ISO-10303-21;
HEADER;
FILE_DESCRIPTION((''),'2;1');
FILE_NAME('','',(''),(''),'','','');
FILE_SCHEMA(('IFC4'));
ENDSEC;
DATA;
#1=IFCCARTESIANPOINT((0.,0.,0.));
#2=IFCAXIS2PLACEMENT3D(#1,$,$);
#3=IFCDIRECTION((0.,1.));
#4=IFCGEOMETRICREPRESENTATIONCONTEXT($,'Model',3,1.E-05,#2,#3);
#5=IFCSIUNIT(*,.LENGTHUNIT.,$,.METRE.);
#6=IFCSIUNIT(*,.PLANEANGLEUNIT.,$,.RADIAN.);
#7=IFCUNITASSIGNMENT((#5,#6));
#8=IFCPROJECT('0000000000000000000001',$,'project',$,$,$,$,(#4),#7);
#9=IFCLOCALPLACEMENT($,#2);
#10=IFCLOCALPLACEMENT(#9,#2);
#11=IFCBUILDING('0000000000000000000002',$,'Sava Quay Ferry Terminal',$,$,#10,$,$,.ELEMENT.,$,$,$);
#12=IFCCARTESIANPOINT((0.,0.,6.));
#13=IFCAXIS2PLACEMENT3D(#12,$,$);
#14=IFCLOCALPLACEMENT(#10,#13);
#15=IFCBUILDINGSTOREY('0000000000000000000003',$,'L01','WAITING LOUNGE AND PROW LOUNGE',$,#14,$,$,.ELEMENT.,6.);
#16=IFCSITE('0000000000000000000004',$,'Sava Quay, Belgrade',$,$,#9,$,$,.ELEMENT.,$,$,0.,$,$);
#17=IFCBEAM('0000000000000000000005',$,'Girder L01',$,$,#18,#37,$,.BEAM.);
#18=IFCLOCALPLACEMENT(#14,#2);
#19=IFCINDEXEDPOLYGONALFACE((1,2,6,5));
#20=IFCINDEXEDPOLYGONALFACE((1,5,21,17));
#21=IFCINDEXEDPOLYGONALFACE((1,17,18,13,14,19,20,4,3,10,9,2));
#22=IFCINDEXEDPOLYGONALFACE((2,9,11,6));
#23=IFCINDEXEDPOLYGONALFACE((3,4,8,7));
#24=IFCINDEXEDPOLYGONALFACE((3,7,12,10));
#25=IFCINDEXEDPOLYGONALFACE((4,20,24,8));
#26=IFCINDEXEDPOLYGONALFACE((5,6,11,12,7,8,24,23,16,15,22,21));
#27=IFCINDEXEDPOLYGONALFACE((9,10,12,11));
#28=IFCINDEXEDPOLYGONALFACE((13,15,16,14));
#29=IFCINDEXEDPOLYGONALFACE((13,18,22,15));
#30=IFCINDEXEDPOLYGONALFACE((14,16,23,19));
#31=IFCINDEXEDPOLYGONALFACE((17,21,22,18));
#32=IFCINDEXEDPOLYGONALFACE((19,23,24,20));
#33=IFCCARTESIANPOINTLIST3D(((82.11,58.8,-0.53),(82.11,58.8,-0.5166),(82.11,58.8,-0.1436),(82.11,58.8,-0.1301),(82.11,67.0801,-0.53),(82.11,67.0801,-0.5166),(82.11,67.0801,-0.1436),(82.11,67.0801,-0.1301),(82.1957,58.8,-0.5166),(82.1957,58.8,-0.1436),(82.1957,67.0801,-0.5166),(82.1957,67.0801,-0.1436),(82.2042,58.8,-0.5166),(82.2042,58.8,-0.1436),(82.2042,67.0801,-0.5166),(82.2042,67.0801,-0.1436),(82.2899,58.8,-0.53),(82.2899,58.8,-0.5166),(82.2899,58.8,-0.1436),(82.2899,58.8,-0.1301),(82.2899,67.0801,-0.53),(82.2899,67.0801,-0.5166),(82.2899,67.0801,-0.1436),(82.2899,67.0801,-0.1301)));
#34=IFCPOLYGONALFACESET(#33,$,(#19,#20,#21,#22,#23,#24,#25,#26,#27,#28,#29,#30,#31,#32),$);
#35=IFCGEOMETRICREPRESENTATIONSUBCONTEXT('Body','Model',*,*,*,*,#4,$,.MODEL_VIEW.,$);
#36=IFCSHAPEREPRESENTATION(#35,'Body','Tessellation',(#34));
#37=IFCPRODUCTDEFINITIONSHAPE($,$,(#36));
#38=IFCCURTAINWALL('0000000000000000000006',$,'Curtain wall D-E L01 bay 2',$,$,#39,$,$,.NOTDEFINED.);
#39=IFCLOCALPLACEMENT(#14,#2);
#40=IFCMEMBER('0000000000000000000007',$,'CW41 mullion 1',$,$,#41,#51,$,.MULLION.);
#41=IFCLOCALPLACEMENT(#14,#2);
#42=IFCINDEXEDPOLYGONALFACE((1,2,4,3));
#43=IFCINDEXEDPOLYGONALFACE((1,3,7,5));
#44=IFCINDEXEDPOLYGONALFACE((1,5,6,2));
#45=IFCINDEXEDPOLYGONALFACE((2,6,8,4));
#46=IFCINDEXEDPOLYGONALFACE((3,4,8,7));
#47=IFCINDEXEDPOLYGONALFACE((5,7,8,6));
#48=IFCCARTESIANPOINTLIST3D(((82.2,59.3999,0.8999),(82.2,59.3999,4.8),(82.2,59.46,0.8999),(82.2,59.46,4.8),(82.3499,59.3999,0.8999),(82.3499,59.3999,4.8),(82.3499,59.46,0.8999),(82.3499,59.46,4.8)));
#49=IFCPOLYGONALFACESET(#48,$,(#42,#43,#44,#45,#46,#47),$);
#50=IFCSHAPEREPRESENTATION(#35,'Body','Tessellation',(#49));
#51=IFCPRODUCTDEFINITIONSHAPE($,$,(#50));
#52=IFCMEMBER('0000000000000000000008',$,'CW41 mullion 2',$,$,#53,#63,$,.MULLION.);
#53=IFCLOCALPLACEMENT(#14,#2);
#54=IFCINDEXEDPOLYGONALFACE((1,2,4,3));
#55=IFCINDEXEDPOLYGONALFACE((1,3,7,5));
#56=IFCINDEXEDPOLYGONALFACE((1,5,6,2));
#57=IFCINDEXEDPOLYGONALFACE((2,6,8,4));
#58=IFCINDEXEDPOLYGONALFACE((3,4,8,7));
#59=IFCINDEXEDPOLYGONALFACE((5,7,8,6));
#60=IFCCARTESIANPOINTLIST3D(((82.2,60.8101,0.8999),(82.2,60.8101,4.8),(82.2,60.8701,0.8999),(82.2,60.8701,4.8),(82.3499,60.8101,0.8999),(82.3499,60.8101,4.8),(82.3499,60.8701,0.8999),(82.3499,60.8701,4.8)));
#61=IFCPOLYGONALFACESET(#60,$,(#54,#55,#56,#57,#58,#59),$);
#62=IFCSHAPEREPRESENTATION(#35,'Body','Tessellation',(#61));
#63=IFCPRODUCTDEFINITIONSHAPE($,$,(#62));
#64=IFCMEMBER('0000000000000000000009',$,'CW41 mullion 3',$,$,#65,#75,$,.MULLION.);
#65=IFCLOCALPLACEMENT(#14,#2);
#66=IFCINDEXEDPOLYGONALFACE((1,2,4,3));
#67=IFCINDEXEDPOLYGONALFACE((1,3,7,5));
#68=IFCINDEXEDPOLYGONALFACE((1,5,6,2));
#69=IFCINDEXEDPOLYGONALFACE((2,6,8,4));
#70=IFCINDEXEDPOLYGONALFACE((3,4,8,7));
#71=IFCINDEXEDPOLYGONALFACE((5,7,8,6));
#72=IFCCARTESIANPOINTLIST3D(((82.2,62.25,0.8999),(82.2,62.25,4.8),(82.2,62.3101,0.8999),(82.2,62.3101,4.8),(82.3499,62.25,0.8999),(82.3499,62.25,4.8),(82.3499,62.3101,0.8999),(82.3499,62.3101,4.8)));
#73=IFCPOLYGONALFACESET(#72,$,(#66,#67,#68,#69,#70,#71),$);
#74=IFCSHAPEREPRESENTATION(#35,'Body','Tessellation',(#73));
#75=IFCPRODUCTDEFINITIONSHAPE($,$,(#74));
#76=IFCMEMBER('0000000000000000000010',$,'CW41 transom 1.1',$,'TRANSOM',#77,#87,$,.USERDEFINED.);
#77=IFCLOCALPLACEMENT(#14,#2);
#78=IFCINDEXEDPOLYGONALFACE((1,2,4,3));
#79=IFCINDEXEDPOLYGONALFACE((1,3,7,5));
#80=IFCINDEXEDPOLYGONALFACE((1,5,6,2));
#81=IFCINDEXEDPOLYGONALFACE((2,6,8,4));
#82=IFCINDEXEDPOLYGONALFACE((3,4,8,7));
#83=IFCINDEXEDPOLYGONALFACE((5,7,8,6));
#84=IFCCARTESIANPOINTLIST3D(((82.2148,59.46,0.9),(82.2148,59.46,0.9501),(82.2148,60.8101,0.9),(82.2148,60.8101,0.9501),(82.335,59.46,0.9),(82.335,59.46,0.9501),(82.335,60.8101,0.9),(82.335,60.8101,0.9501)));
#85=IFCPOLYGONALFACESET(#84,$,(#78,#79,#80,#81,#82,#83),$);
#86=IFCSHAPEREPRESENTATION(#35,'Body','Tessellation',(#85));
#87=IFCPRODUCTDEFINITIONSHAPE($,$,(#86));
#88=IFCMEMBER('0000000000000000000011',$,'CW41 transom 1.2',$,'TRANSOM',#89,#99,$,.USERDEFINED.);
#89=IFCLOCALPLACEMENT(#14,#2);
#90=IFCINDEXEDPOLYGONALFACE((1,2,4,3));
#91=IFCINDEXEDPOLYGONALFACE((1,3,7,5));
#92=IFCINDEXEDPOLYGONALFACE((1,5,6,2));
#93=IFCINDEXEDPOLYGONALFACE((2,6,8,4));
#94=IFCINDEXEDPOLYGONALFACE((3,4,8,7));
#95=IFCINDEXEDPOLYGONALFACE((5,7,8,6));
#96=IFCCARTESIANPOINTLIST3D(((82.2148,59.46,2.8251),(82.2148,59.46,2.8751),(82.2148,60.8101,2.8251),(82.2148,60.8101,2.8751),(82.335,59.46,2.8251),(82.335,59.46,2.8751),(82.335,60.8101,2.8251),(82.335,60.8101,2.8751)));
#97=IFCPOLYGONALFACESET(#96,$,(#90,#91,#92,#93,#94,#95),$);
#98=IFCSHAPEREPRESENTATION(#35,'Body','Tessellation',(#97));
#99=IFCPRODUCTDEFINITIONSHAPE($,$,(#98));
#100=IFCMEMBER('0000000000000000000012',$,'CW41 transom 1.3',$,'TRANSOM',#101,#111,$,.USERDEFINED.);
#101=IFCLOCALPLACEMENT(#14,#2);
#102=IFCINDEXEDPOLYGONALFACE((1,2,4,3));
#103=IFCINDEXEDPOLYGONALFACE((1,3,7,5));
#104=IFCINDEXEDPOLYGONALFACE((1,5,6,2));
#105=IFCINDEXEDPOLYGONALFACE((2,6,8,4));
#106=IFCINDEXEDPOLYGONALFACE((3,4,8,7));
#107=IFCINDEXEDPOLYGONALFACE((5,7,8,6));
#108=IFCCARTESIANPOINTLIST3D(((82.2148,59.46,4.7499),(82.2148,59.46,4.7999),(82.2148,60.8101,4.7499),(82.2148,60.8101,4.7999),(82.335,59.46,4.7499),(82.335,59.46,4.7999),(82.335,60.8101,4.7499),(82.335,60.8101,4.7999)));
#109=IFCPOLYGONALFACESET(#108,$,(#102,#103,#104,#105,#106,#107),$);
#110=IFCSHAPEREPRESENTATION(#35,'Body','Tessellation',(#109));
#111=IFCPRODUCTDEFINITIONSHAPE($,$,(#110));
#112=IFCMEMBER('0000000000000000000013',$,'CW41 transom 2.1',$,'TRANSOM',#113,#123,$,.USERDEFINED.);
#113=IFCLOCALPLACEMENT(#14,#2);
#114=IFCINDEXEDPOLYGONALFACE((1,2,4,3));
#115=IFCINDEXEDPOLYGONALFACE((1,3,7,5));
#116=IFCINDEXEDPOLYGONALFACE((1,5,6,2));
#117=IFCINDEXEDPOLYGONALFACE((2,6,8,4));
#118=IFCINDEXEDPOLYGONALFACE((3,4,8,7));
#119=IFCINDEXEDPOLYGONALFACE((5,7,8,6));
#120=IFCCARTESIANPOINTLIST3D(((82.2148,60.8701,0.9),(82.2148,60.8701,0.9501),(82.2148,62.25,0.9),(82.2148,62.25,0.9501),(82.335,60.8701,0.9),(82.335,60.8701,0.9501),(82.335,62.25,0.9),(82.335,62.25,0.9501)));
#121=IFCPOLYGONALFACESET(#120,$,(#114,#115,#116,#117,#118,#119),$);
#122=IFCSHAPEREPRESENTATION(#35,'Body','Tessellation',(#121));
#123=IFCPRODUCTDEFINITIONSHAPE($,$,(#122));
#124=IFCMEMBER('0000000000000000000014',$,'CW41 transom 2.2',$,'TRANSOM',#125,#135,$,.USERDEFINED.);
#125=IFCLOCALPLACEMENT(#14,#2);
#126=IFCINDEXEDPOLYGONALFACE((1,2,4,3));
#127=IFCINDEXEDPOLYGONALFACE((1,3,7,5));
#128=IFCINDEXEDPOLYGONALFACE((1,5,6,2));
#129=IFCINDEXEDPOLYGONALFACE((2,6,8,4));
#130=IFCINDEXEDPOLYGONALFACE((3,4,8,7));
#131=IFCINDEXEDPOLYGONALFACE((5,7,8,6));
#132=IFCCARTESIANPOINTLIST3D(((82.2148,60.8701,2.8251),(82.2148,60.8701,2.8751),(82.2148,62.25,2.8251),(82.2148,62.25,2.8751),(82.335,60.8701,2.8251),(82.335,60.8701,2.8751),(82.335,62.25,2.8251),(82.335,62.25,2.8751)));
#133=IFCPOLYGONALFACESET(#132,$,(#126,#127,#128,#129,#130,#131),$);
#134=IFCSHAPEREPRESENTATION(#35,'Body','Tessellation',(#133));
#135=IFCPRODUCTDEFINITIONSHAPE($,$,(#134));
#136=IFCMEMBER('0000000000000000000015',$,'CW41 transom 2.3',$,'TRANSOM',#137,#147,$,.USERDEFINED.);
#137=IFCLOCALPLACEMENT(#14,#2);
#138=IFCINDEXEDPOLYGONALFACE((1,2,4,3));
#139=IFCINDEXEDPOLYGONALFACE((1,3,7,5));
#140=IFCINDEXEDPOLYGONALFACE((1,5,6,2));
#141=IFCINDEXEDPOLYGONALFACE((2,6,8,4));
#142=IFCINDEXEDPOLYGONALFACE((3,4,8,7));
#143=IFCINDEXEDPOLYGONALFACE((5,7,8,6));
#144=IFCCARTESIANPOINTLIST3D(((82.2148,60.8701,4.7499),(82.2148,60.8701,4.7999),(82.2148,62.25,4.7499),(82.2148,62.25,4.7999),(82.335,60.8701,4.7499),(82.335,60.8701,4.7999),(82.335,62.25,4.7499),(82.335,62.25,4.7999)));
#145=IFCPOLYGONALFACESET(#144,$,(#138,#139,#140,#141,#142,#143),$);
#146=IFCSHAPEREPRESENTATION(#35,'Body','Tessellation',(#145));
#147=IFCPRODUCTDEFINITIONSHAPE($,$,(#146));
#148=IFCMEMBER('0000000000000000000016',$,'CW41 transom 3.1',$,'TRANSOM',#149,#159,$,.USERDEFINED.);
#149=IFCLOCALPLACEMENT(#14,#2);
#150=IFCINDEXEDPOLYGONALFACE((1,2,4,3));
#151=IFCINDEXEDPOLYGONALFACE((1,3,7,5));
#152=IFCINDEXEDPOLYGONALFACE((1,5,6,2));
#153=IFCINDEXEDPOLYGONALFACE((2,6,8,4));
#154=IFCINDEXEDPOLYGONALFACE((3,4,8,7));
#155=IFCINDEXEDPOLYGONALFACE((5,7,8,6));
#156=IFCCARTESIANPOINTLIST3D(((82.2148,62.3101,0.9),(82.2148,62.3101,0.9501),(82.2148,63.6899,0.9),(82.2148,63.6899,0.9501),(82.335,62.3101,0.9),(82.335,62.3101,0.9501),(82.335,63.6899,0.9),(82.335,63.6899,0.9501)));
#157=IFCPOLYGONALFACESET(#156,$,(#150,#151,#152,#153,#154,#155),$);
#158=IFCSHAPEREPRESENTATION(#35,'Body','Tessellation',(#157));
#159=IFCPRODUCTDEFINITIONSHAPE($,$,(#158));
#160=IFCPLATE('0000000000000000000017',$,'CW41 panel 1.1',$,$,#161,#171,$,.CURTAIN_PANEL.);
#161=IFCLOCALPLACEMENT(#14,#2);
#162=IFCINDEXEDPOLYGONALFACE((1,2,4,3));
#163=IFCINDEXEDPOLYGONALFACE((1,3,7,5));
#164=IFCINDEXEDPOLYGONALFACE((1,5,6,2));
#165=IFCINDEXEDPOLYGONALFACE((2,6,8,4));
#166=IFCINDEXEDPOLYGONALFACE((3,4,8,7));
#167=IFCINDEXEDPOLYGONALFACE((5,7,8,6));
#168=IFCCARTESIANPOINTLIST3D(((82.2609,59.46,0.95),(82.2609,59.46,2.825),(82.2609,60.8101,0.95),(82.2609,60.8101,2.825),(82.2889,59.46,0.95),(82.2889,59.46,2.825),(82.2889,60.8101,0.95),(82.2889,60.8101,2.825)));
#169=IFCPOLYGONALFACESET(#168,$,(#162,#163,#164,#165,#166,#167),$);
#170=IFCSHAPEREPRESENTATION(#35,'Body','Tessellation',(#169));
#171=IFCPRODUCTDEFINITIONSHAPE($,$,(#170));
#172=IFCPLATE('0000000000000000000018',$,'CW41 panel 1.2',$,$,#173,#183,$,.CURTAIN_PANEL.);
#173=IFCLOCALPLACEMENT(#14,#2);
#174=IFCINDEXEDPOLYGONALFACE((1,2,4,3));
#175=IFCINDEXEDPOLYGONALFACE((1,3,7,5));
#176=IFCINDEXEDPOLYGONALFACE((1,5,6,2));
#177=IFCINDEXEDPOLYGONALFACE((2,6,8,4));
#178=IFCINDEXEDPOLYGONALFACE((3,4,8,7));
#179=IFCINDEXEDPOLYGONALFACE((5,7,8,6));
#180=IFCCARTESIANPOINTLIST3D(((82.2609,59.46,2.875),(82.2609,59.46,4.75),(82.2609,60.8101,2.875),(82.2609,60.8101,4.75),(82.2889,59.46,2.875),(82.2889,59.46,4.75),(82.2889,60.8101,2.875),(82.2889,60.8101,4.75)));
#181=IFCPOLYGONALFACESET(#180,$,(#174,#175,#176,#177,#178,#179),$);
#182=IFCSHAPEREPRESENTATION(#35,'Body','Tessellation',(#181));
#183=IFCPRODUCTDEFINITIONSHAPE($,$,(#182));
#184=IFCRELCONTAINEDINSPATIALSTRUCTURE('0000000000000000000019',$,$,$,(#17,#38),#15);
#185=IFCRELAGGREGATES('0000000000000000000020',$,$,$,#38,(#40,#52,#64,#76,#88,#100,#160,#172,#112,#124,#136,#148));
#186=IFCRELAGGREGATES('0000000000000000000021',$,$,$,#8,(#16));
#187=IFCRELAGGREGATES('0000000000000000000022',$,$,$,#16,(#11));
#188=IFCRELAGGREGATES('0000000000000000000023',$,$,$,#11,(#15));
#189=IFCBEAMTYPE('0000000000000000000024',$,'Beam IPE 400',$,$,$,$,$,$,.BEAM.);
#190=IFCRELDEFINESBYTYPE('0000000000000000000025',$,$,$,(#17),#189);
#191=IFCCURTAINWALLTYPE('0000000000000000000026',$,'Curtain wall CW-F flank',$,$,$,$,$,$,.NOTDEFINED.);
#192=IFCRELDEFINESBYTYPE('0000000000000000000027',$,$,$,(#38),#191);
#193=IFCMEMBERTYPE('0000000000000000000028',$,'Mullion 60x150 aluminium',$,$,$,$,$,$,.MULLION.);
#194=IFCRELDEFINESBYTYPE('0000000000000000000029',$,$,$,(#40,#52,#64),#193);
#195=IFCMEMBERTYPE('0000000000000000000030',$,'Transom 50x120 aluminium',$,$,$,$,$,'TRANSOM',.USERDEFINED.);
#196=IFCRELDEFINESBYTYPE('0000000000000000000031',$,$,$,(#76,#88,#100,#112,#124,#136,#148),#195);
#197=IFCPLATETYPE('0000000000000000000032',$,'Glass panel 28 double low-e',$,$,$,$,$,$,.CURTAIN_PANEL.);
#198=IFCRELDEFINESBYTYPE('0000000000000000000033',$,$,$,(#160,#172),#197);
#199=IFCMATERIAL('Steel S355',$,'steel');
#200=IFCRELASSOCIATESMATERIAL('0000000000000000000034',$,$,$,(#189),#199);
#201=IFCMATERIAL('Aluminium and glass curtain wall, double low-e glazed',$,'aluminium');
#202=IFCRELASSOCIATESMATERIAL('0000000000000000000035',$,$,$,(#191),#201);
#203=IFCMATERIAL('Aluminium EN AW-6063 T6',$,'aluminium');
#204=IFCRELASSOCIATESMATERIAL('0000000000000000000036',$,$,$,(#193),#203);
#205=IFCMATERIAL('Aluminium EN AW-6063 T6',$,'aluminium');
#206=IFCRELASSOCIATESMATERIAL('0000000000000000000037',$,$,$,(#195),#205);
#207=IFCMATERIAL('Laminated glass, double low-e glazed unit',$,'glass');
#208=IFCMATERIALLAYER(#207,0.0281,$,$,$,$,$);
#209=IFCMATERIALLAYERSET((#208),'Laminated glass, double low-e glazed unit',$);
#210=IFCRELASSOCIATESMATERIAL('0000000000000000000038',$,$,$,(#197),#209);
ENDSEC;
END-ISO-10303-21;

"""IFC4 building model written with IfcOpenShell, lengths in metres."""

from ifc_helpers import new_model, si_unit, direction, frame, origin, origin_2d, place, context, subcontext, project, spatial, rectangle, i_section, extrude, material, layer, layer_set, material_profile, profile_set, type_object, element, aggregate, save


model = new_model("IFC4")

# Units and contexts
model_context = context("Model", 3, precision=1e-05, world=origin(), true_north=direction((0.0, 1.0)))
body_context = subcontext(model_context, "Body", "Model", "MODEL_VIEW")
ifc_project = project(units=[si_unit("LENGTHUNIT", "METRE"), si_unit("PLANEANGLEUNIT", "RADIAN")], contexts=[model_context])

# Site, building, storey
site_placement = place(None, origin())
site = spatial("IfcSite", under=ifc_project, at=site_placement, Name="Sava Quay, Belgrade", CompositionType="ELEMENT", RefElevation=0.0)
building_placement = place(site_placement, origin())
building = spatial("IfcBuilding", under=site, at=building_placement, Name="Sava Quay Ferry Terminal", CompositionType="ELEMENT")
storey_placement = place(building_placement, frame((0.0, 0.0, 6.0)))
storey = spatial("IfcBuildingStorey", under=building, at=storey_placement, Name="L01", Description="WAITING LOUNGE AND PROW LOUNGE", CompositionType="ELEMENT", Elevation=6.0)

# Beam
ifc_material_1 = material(Name="Steel S355", Category="steel")
ifc_material_profile_1 = material_profile(ifc_material_1, i_section(OverallWidth=0.1799, OverallDepth=0.3999, WebThickness=0.0085, FlangeThickness=0.0134, at=origin_2d()), Name="IPE 400")
ifc_profile_set_1 = profile_set([ifc_material_profile_1], Name="Steel S355")
beam_type = type_object("IfcBeamType", Name="Beam IPE 400", PredefinedType="BEAM", material=ifc_profile_set_1)
beam_placement = place(storey_placement, frame((82.2, 58.8, -0.3301), z_axis=(0.0, 1.0, 0.0), x_axis=(-1.0, 0.0, 0.0)))
element("IfcBeam", 1, at=beam_placement, inside=storey, type_object=beam_type, Name="Girder L01", PredefinedType="BEAM", context=body_context, shape_type="SweptSolid", body=[
    extrude(i_section(OverallWidth=0.1799, OverallDepth=0.3999, WebThickness=0.0085, FlangeThickness=0.0134, at=origin_2d()), origin(), (0.0, 0.0, 1.0), 8.28),
])

# Curtain wall, members, plates
ifc_material_2 = material(Name="Aluminium and glass curtain wall, double low-e glazed", Category="aluminium")
curtain_wall_type = type_object("IfcCurtainWallType", Name="Curtain wall CW-F flank", PredefinedType="NOTDEFINED", material=ifc_material_2)
curtain_wall_placement = place(storey_placement, origin())
curtain_wall = element("IfcCurtainWall", 2, at=curtain_wall_placement, inside=storey, type_object=curtain_wall_type, Name="Curtain wall D-E L01 bay 2", PredefinedType="NOTDEFINED")
ifc_material_3 = material(Name="Aluminium EN AW-6063 T6", Category="aluminium")
ifc_material_profile_2 = material_profile(ifc_material_3, rectangle(XDim=0.1499, YDim=0.0601, at=origin_2d()), Name="Mullion 60x150 aluminium")
ifc_profile_set_2 = profile_set([ifc_material_profile_2], Name="Aluminium EN AW-6063 T6")
member_type_1 = type_object("IfcMemberType", Name="Mullion 60x150 aluminium", PredefinedType="MULLION", material=ifc_profile_set_2)
member_1_placement = place(storey_placement, frame((82.2749, 59.4299, 0.8999), z_axis=(0.0, 0.0, 1.0), x_axis=(-1.0, 0.0, 0.0)))
member_1 = element("IfcMember", 3, at=member_1_placement, type_object=member_type_1, Name="CW41 mullion 1", PredefinedType="MULLION", context=body_context, shape_type="SweptSolid", body=[
    extrude(rectangle(XDim=0.1499, YDim=0.0601, at=origin_2d()), origin(), (0.0, 0.0, 1.0), 3.9001),
])
member_2_placement = place(storey_placement, frame((82.2749, 60.8401, 0.8999), z_axis=(0.0, 0.0, 1.0), x_axis=(-1.0, 0.0, 0.0)))
member_2 = element("IfcMember", 4, at=member_2_placement, type_object=member_type_1, Name="CW41 mullion 2", PredefinedType="MULLION", context=body_context, shape_type="SweptSolid", body=[
    extrude(rectangle(XDim=0.1499, YDim=0.0601, at=origin_2d()), origin(), (0.0, 0.0, 1.0), 3.9001),
])
member_3_placement = place(storey_placement, frame((82.2749, 62.28, 0.8999), z_axis=(0.0, 0.0, 1.0), x_axis=(-1.0, 0.0, 0.0)))
member_3 = element("IfcMember", 5, at=member_3_placement, type_object=member_type_1, Name="CW41 mullion 3", PredefinedType="MULLION", context=body_context, shape_type="SweptSolid", body=[
    extrude(rectangle(XDim=0.1499, YDim=0.0601, at=origin_2d()), origin(), (0.0, 0.0, 1.0), 3.9001),
])
ifc_material_4 = material(Name="Aluminium EN AW-6063 T6", Category="aluminium")
ifc_material_profile_3 = material_profile(ifc_material_4, rectangle(XDim=0.1201, YDim=0.05, at=origin_2d()), Name="Transom 50x120 aluminium")
ifc_profile_set_3 = profile_set([ifc_material_profile_3], Name="Aluminium EN AW-6063 T6")
member_type_2 = type_object("IfcMemberType", Name="Transom 50x120 aluminium", ElementType="TRANSOM", PredefinedType="USERDEFINED", material=ifc_profile_set_3)
member_4_placement = place(storey_placement, frame((82.2749, 59.46, 0.925), z_axis=(0.0, 1.0, 0.0), x_axis=(-1.0, 0.0, 0.0)))
member_4 = element("IfcMember", 6, at=member_4_placement, type_object=member_type_2, Name="CW41 transom 1.1", ObjectType="TRANSOM", PredefinedType="USERDEFINED", context=body_context, shape_type="SweptSolid", body=[
    extrude(rectangle(XDim=0.1201, YDim=0.05, at=origin_2d()), origin(), (0.0, 0.0, 1.0), 1.3501),
])
member_5_placement = place(storey_placement, frame((82.2749, 59.46, 2.8501), z_axis=(0.0, 1.0, 0.0), x_axis=(-1.0, 0.0, 0.0)))
member_5 = element("IfcMember", 7, at=member_5_placement, type_object=member_type_2, Name="CW41 transom 1.2", ObjectType="TRANSOM", PredefinedType="USERDEFINED", context=body_context, shape_type="SweptSolid", body=[
    extrude(rectangle(XDim=0.1201, YDim=0.05, at=origin_2d()), origin(), (0.0, 0.0, 1.0), 1.3501),
])
member_6_placement = place(storey_placement, frame((82.2749, 59.46, 4.7749), z_axis=(0.0, 1.0, 0.0), x_axis=(-1.0, 0.0, 0.0)))
member_6 = element("IfcMember", 8, at=member_6_placement, type_object=member_type_2, Name="CW41 transom 1.3", ObjectType="TRANSOM", PredefinedType="USERDEFINED", context=body_context, shape_type="SweptSolid", body=[
    extrude(rectangle(XDim=0.1201, YDim=0.05, at=origin_2d()), origin(), (0.0, 0.0, 1.0), 1.3501),
])
member_7_placement = place(storey_placement, frame((82.2749, 60.8701, 0.925), z_axis=(0.0, 1.0, 0.0), x_axis=(-1.0, 0.0, 0.0)))
member_7 = element("IfcMember", 9, at=member_7_placement, type_object=member_type_2, Name="CW41 transom 2.1", ObjectType="TRANSOM", PredefinedType="USERDEFINED", context=body_context, shape_type="SweptSolid", body=[
    extrude(rectangle(XDim=0.1201, YDim=0.05, at=origin_2d()), origin(), (0.0, 0.0, 1.0), 1.3799),
])
member_8_placement = place(storey_placement, frame((82.2749, 60.8701, 2.8501), z_axis=(0.0, 1.0, 0.0), x_axis=(-1.0, 0.0, 0.0)))
member_8 = element("IfcMember", 10, at=member_8_placement, type_object=member_type_2, Name="CW41 transom 2.2", ObjectType="TRANSOM", PredefinedType="USERDEFINED", context=body_context, shape_type="SweptSolid", body=[
    extrude(rectangle(XDim=0.1201, YDim=0.05, at=origin_2d()), origin(), (0.0, 0.0, 1.0), 1.3799),
])
member_9_placement = place(storey_placement, frame((82.2749, 60.8701, 4.7749), z_axis=(0.0, 1.0, 0.0), x_axis=(-1.0, 0.0, 0.0)))
member_9 = element("IfcMember", 11, at=member_9_placement, type_object=member_type_2, Name="CW41 transom 2.3", ObjectType="TRANSOM", PredefinedType="USERDEFINED", context=body_context, shape_type="SweptSolid", body=[
    extrude(rectangle(XDim=0.1201, YDim=0.05, at=origin_2d()), origin(), (0.0, 0.0, 1.0), 1.3799),
])
member_10_placement = place(storey_placement, frame((82.2749, 62.3101, 0.925), z_axis=(0.0, 1.0, 0.0), x_axis=(-1.0, 0.0, 0.0)))
member_10 = element("IfcMember", 12, at=member_10_placement, type_object=member_type_2, Name="CW41 transom 3.1", ObjectType="TRANSOM", PredefinedType="USERDEFINED", context=body_context, shape_type="SweptSolid", body=[
    extrude(rectangle(XDim=0.1201, YDim=0.05, at=origin_2d()), origin(), (0.0, 0.0, 1.0), 1.3799),
])
ifc_material_5 = material(Name="Laminated glass, double low-e glazed unit", Category="glass")
ifc_layer_1 = layer(ifc_material_5, 0.0281)
ifc_layer_set_1 = layer_set([ifc_layer_1], Name="Laminated glass, double low-e glazed unit")
plate_type = type_object("IfcPlateType", Name="Glass panel 28 double low-e", PredefinedType="CURTAIN_PANEL", material=ifc_layer_set_1)
plate_1_placement = place(storey_placement, frame((82.2749, 60.135, 0.95), z_axis=(0.0, 0.0, 1.0), x_axis=(0.0, 1.0, 0.0)))
plate_1 = element("IfcPlate", 13, at=plate_1_placement, type_object=plate_type, Name="CW41 panel 1.1", PredefinedType="CURTAIN_PANEL", context=body_context, shape_type="SweptSolid", body=[
    extrude(rectangle(XDim=1.3501, YDim=0.0281, at=origin_2d()), origin(), (0.0, 0.0, 1.0), 1.875),
])
plate_2_placement = place(storey_placement, frame((82.2749, 60.135, 2.875), z_axis=(0.0, 0.0, 1.0), x_axis=(0.0, 1.0, 0.0)))
plate_2 = element("IfcPlate", 14, at=plate_2_placement, type_object=plate_type, Name="CW41 panel 1.2", PredefinedType="CURTAIN_PANEL", context=body_context, shape_type="SweptSolid", body=[
    extrude(rectangle(XDim=1.3501, YDim=0.0281, at=origin_2d()), origin(), (0.0, 0.0, 1.0), 1.875),
])
aggregate(curtain_wall, [member_1, member_2, member_3, member_4, member_5, member_6, plate_1, plate_2, member_7, member_8, member_9, member_10])

save(model, "model.ifc")
